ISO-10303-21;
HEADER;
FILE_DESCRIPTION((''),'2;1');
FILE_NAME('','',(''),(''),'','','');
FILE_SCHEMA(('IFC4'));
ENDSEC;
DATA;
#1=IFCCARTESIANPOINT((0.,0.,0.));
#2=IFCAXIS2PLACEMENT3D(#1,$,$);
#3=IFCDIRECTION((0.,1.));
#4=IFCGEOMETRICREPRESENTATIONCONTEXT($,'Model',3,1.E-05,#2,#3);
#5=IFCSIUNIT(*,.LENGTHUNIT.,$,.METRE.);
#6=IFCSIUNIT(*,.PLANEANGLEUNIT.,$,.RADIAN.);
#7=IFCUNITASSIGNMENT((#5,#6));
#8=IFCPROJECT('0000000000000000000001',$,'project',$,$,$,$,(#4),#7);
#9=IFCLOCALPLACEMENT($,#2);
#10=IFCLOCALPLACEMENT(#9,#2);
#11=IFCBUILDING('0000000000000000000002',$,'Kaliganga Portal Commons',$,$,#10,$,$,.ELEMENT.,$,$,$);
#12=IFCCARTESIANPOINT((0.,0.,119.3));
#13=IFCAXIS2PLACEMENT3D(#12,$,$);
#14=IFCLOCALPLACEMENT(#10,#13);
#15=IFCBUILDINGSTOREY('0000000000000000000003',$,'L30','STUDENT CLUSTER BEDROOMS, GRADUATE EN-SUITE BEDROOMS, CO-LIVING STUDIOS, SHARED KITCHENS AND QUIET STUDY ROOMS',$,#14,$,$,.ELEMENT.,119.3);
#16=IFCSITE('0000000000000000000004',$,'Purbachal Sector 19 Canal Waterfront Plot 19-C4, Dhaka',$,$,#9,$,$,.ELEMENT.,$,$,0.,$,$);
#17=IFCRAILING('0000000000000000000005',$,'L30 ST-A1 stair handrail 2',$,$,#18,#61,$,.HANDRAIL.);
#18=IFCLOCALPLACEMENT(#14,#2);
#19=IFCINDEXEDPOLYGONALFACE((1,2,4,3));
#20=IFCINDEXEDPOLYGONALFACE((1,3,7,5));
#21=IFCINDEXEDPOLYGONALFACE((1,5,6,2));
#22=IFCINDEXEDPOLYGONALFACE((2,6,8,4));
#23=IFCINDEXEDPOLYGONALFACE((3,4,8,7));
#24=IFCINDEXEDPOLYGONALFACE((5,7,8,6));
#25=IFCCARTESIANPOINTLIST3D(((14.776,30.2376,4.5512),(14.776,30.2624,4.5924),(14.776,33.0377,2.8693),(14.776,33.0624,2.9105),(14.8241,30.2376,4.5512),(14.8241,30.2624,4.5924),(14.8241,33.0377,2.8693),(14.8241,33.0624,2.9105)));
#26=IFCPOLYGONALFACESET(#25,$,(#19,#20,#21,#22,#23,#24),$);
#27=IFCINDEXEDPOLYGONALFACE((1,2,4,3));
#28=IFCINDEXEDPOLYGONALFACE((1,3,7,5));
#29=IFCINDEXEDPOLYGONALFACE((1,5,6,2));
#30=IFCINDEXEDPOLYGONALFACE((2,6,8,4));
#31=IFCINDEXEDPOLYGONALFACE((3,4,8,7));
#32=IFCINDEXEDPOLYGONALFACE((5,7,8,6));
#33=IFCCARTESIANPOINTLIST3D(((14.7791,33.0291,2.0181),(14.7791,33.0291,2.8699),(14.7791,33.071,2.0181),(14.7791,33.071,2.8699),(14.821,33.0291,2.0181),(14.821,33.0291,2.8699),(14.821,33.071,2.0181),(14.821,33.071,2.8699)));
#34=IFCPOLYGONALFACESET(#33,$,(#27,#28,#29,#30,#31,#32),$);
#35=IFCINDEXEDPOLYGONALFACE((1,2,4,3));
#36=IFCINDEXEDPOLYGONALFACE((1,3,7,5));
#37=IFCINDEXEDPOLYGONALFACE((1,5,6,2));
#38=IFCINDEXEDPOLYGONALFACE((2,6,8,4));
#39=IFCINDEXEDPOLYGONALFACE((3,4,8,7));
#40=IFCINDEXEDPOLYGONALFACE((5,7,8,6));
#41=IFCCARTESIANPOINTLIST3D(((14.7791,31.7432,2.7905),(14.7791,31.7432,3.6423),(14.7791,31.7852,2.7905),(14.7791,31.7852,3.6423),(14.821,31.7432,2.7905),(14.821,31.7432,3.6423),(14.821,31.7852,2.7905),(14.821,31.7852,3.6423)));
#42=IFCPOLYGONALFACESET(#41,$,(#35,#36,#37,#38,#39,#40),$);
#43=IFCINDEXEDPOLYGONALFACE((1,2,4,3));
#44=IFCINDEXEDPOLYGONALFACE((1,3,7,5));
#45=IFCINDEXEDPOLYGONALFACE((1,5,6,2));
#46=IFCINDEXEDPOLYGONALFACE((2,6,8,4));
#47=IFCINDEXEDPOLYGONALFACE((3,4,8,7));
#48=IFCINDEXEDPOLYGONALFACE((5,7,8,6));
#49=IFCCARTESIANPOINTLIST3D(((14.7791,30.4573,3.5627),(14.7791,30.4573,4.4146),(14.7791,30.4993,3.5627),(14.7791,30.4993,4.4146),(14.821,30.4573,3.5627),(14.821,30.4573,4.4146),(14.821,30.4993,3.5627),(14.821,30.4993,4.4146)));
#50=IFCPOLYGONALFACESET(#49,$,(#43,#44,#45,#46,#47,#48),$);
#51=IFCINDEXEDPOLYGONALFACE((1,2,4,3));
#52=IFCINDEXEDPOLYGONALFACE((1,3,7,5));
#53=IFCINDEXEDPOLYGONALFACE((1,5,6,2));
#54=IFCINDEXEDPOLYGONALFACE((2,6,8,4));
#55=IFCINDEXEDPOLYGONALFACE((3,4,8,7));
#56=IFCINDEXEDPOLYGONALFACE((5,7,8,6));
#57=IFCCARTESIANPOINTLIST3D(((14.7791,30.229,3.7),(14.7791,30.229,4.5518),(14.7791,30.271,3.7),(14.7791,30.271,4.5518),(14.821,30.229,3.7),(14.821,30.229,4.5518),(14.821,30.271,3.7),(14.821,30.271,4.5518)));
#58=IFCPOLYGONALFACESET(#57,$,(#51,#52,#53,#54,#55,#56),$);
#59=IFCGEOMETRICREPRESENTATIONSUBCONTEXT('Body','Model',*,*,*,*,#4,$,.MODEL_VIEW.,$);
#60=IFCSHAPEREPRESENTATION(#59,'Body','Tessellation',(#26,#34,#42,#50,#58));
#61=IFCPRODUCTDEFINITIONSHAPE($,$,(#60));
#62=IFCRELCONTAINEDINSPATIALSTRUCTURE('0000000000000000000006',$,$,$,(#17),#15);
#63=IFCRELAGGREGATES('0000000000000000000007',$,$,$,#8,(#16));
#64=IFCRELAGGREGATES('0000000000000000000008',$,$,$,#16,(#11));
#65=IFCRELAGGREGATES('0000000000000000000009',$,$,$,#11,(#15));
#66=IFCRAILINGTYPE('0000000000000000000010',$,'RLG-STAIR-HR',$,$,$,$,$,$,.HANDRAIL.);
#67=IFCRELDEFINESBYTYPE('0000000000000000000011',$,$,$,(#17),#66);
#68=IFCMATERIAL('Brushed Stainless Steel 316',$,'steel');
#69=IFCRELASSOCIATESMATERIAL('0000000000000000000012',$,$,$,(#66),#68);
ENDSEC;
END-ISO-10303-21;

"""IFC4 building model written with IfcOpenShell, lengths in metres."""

from ifc_helpers import new_model, si_unit, direction, frame, origin, origin_2d, place, context, subcontext, project, spatial, rectangle, extrude, material, type_object, element, save


model = new_model("IFC4")

# Units and contexts
model_context = context("Model", 3, precision=1e-05, world=origin(), true_north=direction((0.0, 1.0)))
body_context = subcontext(model_context, "Body", "Model", "MODEL_VIEW")
ifc_project = project(units=[si_unit("LENGTHUNIT", "METRE"), si_unit("PLANEANGLEUNIT", "RADIAN")], contexts=[model_context])

# Site, building, storey
site_placement = place(None, origin())
site = spatial("IfcSite", under=ifc_project, at=site_placement, Name="Purbachal Sector 19 Canal Waterfront Plot 19-C4, Dhaka", CompositionType="ELEMENT", RefElevation=0.0)
building_placement = place(site_placement, origin())
building = spatial("IfcBuilding", under=site, at=building_placement, Name="Kaliganga Portal Commons", CompositionType="ELEMENT")
storey_placement = place(building_placement, frame((0.0, 0.0, 119.3)))
storey = spatial("IfcBuildingStorey", under=building, at=storey_placement, Name="L30", Description="STUDENT CLUSTER BEDROOMS, GRADUATE EN-SUITE BEDROOMS, CO-LIVING STUDIOS, SHARED KITCHENS AND QUIET STUDY ROOMS", CompositionType="ELEMENT", Elevation=119.3)

# Railing
ifc_material_1 = material(Name="Brushed Stainless Steel 316", Category="steel")
railing_type_1 = type_object("IfcRailingType", Name="RLG-STAIR-HR", PredefinedType="HANDRAIL", material=ifc_material_1)
railing_1_placement = place(storey_placement, frame((14.8, 33.05, 2.0181)))
element("IfcRailing", 1, at=railing_1_placement, inside=storey, type_object=railing_type_1, Name="L30 ST-A1 stair handrail 2", PredefinedType="HANDRAIL", context=body_context, shape_type="SweptSolid", body=[
    extrude(rectangle(XDim=0.0481, YDim=0.0481, at=origin_2d()), frame((0.0, 0.0, 0.8718), z_axis=(0.0, -0.857242, 0.514913), x_axis=(1.0, 0.0, 0.0)), (0.0, 0.0, 1.0), 3.2664),
    extrude(rectangle(XDim=0.042, YDim=0.042, at=origin_2d()), origin(), (0.0, 0.0, 1.0), 0.8518),
    extrude(rectangle(XDim=0.042, YDim=0.042, at=origin_2d()), frame((0.0, -1.2859, 0.7725)), (0.0, 0.0, 1.0), 0.8518),
    extrude(rectangle(XDim=0.042, YDim=0.042, at=origin_2d()), frame((0.0, -2.5718, 1.5447)), (0.0, 0.0, 1.0), 0.8518),
    extrude(rectangle(XDim=0.042, YDim=0.042, at=origin_2d()), frame((0.0, -2.8, 1.6819)), (0.0, 0.0, 1.0), 0.8518),
])

save(model, "model.ifc")
